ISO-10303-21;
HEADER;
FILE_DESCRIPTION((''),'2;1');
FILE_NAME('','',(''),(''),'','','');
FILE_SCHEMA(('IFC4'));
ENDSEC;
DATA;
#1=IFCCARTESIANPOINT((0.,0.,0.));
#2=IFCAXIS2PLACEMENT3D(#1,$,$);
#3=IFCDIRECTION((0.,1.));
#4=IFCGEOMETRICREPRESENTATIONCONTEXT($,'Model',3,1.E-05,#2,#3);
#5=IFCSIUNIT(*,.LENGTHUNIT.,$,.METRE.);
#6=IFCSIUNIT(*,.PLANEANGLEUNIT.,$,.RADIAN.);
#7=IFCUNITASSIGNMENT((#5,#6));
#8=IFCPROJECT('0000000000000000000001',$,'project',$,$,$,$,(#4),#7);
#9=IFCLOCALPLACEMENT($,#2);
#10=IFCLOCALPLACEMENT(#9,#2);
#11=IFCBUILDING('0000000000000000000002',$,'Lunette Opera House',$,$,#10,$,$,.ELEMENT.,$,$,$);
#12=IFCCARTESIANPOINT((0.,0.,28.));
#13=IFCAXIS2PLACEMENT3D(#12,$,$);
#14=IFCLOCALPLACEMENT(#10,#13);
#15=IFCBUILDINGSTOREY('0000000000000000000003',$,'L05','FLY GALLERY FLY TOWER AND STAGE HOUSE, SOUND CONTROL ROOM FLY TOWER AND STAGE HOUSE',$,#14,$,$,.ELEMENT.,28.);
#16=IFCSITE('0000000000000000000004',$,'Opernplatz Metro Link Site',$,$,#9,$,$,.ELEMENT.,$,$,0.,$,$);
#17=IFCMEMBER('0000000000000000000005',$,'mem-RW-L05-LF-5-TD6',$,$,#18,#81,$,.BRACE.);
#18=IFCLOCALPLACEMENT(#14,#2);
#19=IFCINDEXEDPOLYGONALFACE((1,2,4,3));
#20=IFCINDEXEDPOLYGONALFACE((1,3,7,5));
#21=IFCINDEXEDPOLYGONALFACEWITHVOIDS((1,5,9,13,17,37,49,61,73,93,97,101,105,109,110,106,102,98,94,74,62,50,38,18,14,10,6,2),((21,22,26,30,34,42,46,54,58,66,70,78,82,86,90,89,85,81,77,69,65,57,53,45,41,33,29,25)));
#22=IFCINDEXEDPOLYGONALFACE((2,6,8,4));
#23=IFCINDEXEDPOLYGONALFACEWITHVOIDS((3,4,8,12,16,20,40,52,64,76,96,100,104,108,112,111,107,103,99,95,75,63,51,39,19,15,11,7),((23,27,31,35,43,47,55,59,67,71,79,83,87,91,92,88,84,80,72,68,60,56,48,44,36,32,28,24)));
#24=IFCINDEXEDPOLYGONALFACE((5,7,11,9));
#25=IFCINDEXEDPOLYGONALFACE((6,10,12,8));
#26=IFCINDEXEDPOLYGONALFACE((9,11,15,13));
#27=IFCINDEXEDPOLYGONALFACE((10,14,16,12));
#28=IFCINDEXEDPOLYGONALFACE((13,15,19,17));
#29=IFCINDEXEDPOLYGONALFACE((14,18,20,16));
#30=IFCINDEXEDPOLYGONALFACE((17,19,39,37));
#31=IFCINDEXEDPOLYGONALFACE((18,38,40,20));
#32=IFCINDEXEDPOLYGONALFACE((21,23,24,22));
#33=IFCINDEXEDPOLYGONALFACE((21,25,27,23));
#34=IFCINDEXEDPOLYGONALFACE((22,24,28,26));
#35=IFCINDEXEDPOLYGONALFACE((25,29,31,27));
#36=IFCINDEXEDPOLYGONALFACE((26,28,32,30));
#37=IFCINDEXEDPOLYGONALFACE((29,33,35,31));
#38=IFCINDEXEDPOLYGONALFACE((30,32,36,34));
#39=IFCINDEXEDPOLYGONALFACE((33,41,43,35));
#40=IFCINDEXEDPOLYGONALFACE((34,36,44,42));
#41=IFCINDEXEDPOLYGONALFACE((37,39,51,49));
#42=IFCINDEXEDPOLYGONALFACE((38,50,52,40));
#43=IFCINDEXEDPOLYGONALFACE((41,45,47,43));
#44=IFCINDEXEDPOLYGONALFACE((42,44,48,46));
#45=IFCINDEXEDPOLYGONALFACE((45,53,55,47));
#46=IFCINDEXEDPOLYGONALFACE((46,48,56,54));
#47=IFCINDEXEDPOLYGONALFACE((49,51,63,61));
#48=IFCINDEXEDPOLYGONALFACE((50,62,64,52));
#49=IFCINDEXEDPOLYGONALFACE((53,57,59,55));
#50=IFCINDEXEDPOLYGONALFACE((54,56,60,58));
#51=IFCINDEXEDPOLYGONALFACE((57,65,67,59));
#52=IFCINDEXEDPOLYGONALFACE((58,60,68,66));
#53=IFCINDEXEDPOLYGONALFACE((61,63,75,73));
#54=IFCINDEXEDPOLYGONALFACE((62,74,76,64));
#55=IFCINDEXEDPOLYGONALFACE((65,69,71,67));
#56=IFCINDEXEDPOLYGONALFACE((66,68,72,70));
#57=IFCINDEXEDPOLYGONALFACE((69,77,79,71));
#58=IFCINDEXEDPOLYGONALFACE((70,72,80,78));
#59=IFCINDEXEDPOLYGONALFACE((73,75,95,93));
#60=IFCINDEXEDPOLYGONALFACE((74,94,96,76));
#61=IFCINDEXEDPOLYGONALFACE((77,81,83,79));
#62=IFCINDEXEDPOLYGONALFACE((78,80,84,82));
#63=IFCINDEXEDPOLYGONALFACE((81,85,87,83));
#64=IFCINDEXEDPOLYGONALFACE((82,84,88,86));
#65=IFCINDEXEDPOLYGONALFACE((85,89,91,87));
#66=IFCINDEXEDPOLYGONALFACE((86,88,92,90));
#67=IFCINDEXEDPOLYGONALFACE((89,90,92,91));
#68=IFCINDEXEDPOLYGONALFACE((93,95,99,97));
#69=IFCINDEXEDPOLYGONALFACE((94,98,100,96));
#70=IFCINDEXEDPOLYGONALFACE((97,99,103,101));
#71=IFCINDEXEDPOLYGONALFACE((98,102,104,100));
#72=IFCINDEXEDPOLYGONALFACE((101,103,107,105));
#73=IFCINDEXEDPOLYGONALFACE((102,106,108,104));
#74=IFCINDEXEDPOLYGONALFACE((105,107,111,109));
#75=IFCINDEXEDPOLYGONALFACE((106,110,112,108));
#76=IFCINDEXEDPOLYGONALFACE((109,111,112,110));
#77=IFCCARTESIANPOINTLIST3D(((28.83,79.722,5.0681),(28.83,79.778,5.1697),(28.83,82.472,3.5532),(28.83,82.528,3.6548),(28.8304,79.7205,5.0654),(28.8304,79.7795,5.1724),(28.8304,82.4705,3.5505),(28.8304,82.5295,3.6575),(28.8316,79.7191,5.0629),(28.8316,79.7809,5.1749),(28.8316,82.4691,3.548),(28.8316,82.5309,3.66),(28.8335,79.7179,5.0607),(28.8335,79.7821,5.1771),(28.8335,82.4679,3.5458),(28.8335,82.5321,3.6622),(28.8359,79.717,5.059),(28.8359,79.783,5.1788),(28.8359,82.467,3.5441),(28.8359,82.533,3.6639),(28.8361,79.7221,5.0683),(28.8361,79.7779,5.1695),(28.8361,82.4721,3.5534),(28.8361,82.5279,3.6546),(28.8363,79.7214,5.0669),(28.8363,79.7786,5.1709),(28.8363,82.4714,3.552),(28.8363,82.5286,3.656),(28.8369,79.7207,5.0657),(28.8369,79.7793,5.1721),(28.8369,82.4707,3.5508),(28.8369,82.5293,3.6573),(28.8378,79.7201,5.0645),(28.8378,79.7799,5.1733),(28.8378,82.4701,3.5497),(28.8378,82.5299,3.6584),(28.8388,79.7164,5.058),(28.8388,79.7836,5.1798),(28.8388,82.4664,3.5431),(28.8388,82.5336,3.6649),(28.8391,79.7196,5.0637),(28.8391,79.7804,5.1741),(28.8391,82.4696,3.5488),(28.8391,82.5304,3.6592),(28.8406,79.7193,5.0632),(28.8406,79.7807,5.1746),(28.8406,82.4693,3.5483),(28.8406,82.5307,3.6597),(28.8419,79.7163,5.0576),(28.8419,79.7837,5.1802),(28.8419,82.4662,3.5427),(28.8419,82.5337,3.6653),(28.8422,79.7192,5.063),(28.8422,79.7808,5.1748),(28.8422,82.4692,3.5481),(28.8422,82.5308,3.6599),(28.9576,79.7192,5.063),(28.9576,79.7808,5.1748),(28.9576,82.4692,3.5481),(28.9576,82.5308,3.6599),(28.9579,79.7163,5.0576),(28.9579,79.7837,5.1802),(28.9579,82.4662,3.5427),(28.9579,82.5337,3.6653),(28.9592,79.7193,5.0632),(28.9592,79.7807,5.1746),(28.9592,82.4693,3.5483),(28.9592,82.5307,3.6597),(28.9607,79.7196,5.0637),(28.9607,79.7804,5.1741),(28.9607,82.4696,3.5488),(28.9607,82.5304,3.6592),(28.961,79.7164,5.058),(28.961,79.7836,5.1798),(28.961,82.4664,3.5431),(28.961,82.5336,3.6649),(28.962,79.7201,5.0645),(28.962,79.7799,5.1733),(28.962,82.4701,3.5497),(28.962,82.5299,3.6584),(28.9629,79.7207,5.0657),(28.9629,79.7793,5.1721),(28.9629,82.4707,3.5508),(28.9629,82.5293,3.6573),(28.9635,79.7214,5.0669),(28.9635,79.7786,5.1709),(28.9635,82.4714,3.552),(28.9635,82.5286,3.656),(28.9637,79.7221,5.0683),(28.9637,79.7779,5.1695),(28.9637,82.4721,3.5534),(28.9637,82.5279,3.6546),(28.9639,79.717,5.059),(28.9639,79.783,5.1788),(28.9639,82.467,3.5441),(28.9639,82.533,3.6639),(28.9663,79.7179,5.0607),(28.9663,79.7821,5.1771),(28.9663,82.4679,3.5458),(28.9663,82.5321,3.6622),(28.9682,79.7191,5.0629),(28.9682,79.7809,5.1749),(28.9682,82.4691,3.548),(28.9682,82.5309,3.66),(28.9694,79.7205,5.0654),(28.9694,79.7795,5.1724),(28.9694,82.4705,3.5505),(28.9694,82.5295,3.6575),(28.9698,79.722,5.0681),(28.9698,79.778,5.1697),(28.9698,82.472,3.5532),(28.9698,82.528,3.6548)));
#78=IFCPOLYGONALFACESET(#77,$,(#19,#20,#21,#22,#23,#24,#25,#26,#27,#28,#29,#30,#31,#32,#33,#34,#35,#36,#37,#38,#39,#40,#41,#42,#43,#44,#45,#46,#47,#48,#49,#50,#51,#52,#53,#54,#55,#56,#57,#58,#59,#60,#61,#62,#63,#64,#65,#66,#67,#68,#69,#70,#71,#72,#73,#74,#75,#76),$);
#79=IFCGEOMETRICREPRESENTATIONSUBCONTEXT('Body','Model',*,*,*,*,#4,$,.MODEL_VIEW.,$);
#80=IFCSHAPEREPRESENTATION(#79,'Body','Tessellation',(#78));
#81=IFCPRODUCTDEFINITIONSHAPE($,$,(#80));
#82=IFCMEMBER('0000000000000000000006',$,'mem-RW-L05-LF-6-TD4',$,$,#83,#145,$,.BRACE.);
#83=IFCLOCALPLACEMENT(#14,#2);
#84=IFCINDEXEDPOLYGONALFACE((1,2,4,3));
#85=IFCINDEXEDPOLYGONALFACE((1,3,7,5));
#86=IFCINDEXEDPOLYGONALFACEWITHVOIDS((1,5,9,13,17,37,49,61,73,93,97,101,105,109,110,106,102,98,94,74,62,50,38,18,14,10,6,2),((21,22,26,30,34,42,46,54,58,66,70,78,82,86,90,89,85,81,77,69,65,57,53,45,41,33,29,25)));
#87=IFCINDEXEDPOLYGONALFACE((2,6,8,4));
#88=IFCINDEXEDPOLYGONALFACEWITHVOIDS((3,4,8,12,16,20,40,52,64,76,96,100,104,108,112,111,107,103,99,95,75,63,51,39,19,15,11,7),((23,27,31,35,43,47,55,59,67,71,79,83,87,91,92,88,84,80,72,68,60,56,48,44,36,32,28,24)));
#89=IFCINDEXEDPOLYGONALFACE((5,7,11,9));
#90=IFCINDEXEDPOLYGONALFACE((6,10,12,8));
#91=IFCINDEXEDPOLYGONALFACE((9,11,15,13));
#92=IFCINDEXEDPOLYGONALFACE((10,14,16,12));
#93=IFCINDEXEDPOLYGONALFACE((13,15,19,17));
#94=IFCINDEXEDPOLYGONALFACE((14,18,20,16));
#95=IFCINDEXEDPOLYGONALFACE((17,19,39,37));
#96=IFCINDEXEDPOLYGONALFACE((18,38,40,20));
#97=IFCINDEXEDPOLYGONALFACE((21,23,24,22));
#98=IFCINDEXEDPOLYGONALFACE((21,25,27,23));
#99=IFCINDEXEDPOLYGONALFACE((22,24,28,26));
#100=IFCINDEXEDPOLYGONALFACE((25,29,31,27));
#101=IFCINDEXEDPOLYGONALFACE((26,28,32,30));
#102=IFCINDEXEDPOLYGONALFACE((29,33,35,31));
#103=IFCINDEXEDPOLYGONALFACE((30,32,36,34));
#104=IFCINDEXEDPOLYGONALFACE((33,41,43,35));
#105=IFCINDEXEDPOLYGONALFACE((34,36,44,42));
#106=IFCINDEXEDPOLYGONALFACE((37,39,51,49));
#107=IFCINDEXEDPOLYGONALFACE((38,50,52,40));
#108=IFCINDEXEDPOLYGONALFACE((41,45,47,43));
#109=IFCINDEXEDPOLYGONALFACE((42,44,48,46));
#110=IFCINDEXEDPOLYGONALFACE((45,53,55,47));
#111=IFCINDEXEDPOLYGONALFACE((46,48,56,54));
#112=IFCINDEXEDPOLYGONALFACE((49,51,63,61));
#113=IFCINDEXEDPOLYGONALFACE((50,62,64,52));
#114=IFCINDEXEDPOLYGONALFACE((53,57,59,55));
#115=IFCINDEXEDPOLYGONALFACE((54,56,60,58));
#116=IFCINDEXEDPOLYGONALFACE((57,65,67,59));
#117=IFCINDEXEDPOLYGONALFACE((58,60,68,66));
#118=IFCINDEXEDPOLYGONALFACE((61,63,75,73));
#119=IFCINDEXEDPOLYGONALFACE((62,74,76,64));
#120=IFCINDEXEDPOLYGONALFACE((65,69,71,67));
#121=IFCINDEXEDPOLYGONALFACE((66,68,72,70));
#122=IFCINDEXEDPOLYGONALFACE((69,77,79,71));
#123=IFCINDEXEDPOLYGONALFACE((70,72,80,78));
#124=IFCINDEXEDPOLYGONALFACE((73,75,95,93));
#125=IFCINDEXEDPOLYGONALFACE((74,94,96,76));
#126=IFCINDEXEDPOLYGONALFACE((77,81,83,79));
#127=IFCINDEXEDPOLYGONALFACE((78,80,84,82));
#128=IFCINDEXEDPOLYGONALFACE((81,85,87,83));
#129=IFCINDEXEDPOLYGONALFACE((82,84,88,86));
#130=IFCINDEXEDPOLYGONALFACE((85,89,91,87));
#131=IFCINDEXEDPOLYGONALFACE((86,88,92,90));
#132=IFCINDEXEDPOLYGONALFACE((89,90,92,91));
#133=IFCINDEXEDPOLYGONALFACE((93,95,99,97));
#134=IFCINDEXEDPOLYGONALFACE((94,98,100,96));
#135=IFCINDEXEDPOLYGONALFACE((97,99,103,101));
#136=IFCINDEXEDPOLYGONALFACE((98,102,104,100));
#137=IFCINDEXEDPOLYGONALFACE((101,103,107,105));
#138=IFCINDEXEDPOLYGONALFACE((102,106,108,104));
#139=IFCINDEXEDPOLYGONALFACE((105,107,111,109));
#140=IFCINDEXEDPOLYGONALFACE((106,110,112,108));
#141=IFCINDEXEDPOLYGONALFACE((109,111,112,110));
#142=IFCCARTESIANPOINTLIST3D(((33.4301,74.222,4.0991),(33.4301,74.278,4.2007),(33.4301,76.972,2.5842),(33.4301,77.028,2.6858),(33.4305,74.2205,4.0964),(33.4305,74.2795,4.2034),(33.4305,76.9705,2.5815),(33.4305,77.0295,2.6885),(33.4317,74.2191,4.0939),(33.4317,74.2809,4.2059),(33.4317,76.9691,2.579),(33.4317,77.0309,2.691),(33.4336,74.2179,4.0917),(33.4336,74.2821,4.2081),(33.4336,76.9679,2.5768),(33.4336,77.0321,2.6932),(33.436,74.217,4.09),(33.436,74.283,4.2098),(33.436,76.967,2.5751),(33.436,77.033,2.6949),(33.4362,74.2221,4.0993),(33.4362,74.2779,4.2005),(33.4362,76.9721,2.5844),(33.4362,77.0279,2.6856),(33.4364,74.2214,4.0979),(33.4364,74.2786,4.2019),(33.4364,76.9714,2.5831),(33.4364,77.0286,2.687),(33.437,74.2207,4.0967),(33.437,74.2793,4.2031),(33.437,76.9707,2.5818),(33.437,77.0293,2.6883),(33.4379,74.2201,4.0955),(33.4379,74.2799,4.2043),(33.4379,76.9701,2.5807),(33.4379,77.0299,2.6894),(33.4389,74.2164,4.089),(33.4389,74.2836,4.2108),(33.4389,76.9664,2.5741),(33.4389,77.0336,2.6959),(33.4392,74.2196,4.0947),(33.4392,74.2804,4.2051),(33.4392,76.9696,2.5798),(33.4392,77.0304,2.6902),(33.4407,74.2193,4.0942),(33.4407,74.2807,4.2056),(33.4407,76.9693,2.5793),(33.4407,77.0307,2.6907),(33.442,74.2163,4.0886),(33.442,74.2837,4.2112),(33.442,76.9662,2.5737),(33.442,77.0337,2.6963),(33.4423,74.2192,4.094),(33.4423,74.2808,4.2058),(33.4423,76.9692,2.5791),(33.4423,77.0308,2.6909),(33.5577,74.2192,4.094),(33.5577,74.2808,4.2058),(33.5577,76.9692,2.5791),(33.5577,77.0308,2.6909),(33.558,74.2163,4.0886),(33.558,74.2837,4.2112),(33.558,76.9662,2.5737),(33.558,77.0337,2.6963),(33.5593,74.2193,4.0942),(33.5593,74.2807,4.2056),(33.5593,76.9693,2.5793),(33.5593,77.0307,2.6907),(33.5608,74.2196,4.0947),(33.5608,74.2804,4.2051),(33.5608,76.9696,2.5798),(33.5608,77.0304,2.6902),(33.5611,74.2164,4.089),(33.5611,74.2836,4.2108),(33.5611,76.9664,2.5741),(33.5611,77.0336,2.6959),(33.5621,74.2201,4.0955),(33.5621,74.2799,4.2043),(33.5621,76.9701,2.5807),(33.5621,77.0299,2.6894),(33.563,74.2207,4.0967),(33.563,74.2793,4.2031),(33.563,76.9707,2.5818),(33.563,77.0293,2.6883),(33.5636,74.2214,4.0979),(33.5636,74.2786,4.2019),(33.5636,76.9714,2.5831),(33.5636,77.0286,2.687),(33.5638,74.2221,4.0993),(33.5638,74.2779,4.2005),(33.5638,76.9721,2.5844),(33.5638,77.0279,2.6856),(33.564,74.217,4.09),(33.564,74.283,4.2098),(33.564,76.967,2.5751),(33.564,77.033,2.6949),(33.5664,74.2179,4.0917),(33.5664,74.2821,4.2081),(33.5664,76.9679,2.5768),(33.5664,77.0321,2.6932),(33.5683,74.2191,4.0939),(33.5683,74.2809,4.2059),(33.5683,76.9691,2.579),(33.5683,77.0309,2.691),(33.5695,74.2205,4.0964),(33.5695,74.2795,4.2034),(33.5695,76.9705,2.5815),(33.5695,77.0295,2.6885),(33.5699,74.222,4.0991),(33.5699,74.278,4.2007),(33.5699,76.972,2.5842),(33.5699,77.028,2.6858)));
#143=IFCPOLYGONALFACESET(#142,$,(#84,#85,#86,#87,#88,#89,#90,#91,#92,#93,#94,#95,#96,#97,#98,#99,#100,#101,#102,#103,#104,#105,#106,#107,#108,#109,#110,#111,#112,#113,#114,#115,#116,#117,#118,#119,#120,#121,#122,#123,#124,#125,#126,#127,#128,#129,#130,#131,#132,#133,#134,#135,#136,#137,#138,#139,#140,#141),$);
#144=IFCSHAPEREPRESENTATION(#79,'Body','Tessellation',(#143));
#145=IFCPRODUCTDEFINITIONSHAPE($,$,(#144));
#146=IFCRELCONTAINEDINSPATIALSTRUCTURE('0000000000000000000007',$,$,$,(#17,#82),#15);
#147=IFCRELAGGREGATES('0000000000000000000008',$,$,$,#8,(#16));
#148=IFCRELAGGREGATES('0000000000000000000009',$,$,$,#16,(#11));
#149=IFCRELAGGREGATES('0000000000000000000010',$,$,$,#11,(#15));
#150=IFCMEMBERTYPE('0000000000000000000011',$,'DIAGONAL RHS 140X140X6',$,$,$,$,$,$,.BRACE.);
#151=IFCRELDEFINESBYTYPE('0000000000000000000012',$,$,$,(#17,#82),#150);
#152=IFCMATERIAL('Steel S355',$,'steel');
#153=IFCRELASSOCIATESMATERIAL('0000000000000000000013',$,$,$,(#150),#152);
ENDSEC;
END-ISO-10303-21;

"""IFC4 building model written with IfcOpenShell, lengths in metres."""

from ifc_helpers import new_model, si_unit, direction, frame, origin, origin_2d, place, context, subcontext, project, spatial, hollow_rectangle, extrude, material, material_profile, profile_set, type_object, element, save


model = new_model("IFC4")

# Units and contexts
model_context = context("Model", 3, precision=1e-05, world=origin(), true_north=direction((0.0, 1.0)))
body_context = subcontext(model_context, "Body", "Model", "MODEL_VIEW")
ifc_project = project(units=[si_unit("LENGTHUNIT", "METRE"), si_unit("PLANEANGLEUNIT", "RADIAN")], contexts=[model_context])

# Site, building, storey
site_placement = place(None, origin())
site = spatial("IfcSite", under=ifc_project, at=site_placement, Name="Opernplatz Metro Link Site", CompositionType="ELEMENT", RefElevation=0.0)
building_placement = place(site_placement, origin())
building = spatial("IfcBuilding", under=site, at=building_placement, Name="Lunette Opera House", CompositionType="ELEMENT")
storey_placement = place(building_placement, frame((0.0, 0.0, 28.0)))
storey = spatial("IfcBuildingStorey", under=building, at=storey_placement, Name="L05", Description="FLY GALLERY FLY TOWER AND STAGE HOUSE, SOUND CONTROL ROOM FLY TOWER AND STAGE HOUSE", CompositionType="ELEMENT", Elevation=28.0)

# Members
ifc_material_1 = material(Name="Steel S355", Category="steel")
ifc_material_profile_1 = material_profile(ifc_material_1, hollow_rectangle(XDim=0.1399, YDim=0.1399, WallThickness=0.0061, InnerFilletRadius=0.0061, OuterFilletRadius=0.012, at=origin_2d()), Name="RHS 140X140X6")
ifc_profile_set_1 = profile_set([ifc_material_profile_1], Name="Steel S355")
member_type_1 = type_object("IfcMemberType", Name="DIAGONAL RHS 140X140X6", PredefinedType="BRACE", material=ifc_profile_set_1)
for number, where, z_axis, x_axis, name in (
    (1, (28.8999, 79.75, 5.1189), (0.0, 0.875894, -0.482504), (-1.0, 0.0, 0.0), "mem-RW-L05-LF-5-TD6"),
    (2, (33.5, 74.25, 4.1499), (0.0, 0.875894, -0.482504), (-1.0, 0.0, 0.0), "mem-RW-L05-LF-6-TD4"),
):
    element("IfcMember", number, at=place(storey_placement, frame(where, z_axis=z_axis, x_axis=x_axis)), inside=storey, type_object=member_type_1, Name=name, PredefinedType="BRACE", context=body_context, shape_type="SweptSolid", body=[
        extrude(hollow_rectangle(XDim=0.1399, YDim=0.1399, WallThickness=0.0061, InnerFilletRadius=0.0061, OuterFilletRadius=0.012, at=origin_2d()), origin(), (0.0, 0.0, 1.0), 3.1396),
    ])

save(model, "model.ifc")
